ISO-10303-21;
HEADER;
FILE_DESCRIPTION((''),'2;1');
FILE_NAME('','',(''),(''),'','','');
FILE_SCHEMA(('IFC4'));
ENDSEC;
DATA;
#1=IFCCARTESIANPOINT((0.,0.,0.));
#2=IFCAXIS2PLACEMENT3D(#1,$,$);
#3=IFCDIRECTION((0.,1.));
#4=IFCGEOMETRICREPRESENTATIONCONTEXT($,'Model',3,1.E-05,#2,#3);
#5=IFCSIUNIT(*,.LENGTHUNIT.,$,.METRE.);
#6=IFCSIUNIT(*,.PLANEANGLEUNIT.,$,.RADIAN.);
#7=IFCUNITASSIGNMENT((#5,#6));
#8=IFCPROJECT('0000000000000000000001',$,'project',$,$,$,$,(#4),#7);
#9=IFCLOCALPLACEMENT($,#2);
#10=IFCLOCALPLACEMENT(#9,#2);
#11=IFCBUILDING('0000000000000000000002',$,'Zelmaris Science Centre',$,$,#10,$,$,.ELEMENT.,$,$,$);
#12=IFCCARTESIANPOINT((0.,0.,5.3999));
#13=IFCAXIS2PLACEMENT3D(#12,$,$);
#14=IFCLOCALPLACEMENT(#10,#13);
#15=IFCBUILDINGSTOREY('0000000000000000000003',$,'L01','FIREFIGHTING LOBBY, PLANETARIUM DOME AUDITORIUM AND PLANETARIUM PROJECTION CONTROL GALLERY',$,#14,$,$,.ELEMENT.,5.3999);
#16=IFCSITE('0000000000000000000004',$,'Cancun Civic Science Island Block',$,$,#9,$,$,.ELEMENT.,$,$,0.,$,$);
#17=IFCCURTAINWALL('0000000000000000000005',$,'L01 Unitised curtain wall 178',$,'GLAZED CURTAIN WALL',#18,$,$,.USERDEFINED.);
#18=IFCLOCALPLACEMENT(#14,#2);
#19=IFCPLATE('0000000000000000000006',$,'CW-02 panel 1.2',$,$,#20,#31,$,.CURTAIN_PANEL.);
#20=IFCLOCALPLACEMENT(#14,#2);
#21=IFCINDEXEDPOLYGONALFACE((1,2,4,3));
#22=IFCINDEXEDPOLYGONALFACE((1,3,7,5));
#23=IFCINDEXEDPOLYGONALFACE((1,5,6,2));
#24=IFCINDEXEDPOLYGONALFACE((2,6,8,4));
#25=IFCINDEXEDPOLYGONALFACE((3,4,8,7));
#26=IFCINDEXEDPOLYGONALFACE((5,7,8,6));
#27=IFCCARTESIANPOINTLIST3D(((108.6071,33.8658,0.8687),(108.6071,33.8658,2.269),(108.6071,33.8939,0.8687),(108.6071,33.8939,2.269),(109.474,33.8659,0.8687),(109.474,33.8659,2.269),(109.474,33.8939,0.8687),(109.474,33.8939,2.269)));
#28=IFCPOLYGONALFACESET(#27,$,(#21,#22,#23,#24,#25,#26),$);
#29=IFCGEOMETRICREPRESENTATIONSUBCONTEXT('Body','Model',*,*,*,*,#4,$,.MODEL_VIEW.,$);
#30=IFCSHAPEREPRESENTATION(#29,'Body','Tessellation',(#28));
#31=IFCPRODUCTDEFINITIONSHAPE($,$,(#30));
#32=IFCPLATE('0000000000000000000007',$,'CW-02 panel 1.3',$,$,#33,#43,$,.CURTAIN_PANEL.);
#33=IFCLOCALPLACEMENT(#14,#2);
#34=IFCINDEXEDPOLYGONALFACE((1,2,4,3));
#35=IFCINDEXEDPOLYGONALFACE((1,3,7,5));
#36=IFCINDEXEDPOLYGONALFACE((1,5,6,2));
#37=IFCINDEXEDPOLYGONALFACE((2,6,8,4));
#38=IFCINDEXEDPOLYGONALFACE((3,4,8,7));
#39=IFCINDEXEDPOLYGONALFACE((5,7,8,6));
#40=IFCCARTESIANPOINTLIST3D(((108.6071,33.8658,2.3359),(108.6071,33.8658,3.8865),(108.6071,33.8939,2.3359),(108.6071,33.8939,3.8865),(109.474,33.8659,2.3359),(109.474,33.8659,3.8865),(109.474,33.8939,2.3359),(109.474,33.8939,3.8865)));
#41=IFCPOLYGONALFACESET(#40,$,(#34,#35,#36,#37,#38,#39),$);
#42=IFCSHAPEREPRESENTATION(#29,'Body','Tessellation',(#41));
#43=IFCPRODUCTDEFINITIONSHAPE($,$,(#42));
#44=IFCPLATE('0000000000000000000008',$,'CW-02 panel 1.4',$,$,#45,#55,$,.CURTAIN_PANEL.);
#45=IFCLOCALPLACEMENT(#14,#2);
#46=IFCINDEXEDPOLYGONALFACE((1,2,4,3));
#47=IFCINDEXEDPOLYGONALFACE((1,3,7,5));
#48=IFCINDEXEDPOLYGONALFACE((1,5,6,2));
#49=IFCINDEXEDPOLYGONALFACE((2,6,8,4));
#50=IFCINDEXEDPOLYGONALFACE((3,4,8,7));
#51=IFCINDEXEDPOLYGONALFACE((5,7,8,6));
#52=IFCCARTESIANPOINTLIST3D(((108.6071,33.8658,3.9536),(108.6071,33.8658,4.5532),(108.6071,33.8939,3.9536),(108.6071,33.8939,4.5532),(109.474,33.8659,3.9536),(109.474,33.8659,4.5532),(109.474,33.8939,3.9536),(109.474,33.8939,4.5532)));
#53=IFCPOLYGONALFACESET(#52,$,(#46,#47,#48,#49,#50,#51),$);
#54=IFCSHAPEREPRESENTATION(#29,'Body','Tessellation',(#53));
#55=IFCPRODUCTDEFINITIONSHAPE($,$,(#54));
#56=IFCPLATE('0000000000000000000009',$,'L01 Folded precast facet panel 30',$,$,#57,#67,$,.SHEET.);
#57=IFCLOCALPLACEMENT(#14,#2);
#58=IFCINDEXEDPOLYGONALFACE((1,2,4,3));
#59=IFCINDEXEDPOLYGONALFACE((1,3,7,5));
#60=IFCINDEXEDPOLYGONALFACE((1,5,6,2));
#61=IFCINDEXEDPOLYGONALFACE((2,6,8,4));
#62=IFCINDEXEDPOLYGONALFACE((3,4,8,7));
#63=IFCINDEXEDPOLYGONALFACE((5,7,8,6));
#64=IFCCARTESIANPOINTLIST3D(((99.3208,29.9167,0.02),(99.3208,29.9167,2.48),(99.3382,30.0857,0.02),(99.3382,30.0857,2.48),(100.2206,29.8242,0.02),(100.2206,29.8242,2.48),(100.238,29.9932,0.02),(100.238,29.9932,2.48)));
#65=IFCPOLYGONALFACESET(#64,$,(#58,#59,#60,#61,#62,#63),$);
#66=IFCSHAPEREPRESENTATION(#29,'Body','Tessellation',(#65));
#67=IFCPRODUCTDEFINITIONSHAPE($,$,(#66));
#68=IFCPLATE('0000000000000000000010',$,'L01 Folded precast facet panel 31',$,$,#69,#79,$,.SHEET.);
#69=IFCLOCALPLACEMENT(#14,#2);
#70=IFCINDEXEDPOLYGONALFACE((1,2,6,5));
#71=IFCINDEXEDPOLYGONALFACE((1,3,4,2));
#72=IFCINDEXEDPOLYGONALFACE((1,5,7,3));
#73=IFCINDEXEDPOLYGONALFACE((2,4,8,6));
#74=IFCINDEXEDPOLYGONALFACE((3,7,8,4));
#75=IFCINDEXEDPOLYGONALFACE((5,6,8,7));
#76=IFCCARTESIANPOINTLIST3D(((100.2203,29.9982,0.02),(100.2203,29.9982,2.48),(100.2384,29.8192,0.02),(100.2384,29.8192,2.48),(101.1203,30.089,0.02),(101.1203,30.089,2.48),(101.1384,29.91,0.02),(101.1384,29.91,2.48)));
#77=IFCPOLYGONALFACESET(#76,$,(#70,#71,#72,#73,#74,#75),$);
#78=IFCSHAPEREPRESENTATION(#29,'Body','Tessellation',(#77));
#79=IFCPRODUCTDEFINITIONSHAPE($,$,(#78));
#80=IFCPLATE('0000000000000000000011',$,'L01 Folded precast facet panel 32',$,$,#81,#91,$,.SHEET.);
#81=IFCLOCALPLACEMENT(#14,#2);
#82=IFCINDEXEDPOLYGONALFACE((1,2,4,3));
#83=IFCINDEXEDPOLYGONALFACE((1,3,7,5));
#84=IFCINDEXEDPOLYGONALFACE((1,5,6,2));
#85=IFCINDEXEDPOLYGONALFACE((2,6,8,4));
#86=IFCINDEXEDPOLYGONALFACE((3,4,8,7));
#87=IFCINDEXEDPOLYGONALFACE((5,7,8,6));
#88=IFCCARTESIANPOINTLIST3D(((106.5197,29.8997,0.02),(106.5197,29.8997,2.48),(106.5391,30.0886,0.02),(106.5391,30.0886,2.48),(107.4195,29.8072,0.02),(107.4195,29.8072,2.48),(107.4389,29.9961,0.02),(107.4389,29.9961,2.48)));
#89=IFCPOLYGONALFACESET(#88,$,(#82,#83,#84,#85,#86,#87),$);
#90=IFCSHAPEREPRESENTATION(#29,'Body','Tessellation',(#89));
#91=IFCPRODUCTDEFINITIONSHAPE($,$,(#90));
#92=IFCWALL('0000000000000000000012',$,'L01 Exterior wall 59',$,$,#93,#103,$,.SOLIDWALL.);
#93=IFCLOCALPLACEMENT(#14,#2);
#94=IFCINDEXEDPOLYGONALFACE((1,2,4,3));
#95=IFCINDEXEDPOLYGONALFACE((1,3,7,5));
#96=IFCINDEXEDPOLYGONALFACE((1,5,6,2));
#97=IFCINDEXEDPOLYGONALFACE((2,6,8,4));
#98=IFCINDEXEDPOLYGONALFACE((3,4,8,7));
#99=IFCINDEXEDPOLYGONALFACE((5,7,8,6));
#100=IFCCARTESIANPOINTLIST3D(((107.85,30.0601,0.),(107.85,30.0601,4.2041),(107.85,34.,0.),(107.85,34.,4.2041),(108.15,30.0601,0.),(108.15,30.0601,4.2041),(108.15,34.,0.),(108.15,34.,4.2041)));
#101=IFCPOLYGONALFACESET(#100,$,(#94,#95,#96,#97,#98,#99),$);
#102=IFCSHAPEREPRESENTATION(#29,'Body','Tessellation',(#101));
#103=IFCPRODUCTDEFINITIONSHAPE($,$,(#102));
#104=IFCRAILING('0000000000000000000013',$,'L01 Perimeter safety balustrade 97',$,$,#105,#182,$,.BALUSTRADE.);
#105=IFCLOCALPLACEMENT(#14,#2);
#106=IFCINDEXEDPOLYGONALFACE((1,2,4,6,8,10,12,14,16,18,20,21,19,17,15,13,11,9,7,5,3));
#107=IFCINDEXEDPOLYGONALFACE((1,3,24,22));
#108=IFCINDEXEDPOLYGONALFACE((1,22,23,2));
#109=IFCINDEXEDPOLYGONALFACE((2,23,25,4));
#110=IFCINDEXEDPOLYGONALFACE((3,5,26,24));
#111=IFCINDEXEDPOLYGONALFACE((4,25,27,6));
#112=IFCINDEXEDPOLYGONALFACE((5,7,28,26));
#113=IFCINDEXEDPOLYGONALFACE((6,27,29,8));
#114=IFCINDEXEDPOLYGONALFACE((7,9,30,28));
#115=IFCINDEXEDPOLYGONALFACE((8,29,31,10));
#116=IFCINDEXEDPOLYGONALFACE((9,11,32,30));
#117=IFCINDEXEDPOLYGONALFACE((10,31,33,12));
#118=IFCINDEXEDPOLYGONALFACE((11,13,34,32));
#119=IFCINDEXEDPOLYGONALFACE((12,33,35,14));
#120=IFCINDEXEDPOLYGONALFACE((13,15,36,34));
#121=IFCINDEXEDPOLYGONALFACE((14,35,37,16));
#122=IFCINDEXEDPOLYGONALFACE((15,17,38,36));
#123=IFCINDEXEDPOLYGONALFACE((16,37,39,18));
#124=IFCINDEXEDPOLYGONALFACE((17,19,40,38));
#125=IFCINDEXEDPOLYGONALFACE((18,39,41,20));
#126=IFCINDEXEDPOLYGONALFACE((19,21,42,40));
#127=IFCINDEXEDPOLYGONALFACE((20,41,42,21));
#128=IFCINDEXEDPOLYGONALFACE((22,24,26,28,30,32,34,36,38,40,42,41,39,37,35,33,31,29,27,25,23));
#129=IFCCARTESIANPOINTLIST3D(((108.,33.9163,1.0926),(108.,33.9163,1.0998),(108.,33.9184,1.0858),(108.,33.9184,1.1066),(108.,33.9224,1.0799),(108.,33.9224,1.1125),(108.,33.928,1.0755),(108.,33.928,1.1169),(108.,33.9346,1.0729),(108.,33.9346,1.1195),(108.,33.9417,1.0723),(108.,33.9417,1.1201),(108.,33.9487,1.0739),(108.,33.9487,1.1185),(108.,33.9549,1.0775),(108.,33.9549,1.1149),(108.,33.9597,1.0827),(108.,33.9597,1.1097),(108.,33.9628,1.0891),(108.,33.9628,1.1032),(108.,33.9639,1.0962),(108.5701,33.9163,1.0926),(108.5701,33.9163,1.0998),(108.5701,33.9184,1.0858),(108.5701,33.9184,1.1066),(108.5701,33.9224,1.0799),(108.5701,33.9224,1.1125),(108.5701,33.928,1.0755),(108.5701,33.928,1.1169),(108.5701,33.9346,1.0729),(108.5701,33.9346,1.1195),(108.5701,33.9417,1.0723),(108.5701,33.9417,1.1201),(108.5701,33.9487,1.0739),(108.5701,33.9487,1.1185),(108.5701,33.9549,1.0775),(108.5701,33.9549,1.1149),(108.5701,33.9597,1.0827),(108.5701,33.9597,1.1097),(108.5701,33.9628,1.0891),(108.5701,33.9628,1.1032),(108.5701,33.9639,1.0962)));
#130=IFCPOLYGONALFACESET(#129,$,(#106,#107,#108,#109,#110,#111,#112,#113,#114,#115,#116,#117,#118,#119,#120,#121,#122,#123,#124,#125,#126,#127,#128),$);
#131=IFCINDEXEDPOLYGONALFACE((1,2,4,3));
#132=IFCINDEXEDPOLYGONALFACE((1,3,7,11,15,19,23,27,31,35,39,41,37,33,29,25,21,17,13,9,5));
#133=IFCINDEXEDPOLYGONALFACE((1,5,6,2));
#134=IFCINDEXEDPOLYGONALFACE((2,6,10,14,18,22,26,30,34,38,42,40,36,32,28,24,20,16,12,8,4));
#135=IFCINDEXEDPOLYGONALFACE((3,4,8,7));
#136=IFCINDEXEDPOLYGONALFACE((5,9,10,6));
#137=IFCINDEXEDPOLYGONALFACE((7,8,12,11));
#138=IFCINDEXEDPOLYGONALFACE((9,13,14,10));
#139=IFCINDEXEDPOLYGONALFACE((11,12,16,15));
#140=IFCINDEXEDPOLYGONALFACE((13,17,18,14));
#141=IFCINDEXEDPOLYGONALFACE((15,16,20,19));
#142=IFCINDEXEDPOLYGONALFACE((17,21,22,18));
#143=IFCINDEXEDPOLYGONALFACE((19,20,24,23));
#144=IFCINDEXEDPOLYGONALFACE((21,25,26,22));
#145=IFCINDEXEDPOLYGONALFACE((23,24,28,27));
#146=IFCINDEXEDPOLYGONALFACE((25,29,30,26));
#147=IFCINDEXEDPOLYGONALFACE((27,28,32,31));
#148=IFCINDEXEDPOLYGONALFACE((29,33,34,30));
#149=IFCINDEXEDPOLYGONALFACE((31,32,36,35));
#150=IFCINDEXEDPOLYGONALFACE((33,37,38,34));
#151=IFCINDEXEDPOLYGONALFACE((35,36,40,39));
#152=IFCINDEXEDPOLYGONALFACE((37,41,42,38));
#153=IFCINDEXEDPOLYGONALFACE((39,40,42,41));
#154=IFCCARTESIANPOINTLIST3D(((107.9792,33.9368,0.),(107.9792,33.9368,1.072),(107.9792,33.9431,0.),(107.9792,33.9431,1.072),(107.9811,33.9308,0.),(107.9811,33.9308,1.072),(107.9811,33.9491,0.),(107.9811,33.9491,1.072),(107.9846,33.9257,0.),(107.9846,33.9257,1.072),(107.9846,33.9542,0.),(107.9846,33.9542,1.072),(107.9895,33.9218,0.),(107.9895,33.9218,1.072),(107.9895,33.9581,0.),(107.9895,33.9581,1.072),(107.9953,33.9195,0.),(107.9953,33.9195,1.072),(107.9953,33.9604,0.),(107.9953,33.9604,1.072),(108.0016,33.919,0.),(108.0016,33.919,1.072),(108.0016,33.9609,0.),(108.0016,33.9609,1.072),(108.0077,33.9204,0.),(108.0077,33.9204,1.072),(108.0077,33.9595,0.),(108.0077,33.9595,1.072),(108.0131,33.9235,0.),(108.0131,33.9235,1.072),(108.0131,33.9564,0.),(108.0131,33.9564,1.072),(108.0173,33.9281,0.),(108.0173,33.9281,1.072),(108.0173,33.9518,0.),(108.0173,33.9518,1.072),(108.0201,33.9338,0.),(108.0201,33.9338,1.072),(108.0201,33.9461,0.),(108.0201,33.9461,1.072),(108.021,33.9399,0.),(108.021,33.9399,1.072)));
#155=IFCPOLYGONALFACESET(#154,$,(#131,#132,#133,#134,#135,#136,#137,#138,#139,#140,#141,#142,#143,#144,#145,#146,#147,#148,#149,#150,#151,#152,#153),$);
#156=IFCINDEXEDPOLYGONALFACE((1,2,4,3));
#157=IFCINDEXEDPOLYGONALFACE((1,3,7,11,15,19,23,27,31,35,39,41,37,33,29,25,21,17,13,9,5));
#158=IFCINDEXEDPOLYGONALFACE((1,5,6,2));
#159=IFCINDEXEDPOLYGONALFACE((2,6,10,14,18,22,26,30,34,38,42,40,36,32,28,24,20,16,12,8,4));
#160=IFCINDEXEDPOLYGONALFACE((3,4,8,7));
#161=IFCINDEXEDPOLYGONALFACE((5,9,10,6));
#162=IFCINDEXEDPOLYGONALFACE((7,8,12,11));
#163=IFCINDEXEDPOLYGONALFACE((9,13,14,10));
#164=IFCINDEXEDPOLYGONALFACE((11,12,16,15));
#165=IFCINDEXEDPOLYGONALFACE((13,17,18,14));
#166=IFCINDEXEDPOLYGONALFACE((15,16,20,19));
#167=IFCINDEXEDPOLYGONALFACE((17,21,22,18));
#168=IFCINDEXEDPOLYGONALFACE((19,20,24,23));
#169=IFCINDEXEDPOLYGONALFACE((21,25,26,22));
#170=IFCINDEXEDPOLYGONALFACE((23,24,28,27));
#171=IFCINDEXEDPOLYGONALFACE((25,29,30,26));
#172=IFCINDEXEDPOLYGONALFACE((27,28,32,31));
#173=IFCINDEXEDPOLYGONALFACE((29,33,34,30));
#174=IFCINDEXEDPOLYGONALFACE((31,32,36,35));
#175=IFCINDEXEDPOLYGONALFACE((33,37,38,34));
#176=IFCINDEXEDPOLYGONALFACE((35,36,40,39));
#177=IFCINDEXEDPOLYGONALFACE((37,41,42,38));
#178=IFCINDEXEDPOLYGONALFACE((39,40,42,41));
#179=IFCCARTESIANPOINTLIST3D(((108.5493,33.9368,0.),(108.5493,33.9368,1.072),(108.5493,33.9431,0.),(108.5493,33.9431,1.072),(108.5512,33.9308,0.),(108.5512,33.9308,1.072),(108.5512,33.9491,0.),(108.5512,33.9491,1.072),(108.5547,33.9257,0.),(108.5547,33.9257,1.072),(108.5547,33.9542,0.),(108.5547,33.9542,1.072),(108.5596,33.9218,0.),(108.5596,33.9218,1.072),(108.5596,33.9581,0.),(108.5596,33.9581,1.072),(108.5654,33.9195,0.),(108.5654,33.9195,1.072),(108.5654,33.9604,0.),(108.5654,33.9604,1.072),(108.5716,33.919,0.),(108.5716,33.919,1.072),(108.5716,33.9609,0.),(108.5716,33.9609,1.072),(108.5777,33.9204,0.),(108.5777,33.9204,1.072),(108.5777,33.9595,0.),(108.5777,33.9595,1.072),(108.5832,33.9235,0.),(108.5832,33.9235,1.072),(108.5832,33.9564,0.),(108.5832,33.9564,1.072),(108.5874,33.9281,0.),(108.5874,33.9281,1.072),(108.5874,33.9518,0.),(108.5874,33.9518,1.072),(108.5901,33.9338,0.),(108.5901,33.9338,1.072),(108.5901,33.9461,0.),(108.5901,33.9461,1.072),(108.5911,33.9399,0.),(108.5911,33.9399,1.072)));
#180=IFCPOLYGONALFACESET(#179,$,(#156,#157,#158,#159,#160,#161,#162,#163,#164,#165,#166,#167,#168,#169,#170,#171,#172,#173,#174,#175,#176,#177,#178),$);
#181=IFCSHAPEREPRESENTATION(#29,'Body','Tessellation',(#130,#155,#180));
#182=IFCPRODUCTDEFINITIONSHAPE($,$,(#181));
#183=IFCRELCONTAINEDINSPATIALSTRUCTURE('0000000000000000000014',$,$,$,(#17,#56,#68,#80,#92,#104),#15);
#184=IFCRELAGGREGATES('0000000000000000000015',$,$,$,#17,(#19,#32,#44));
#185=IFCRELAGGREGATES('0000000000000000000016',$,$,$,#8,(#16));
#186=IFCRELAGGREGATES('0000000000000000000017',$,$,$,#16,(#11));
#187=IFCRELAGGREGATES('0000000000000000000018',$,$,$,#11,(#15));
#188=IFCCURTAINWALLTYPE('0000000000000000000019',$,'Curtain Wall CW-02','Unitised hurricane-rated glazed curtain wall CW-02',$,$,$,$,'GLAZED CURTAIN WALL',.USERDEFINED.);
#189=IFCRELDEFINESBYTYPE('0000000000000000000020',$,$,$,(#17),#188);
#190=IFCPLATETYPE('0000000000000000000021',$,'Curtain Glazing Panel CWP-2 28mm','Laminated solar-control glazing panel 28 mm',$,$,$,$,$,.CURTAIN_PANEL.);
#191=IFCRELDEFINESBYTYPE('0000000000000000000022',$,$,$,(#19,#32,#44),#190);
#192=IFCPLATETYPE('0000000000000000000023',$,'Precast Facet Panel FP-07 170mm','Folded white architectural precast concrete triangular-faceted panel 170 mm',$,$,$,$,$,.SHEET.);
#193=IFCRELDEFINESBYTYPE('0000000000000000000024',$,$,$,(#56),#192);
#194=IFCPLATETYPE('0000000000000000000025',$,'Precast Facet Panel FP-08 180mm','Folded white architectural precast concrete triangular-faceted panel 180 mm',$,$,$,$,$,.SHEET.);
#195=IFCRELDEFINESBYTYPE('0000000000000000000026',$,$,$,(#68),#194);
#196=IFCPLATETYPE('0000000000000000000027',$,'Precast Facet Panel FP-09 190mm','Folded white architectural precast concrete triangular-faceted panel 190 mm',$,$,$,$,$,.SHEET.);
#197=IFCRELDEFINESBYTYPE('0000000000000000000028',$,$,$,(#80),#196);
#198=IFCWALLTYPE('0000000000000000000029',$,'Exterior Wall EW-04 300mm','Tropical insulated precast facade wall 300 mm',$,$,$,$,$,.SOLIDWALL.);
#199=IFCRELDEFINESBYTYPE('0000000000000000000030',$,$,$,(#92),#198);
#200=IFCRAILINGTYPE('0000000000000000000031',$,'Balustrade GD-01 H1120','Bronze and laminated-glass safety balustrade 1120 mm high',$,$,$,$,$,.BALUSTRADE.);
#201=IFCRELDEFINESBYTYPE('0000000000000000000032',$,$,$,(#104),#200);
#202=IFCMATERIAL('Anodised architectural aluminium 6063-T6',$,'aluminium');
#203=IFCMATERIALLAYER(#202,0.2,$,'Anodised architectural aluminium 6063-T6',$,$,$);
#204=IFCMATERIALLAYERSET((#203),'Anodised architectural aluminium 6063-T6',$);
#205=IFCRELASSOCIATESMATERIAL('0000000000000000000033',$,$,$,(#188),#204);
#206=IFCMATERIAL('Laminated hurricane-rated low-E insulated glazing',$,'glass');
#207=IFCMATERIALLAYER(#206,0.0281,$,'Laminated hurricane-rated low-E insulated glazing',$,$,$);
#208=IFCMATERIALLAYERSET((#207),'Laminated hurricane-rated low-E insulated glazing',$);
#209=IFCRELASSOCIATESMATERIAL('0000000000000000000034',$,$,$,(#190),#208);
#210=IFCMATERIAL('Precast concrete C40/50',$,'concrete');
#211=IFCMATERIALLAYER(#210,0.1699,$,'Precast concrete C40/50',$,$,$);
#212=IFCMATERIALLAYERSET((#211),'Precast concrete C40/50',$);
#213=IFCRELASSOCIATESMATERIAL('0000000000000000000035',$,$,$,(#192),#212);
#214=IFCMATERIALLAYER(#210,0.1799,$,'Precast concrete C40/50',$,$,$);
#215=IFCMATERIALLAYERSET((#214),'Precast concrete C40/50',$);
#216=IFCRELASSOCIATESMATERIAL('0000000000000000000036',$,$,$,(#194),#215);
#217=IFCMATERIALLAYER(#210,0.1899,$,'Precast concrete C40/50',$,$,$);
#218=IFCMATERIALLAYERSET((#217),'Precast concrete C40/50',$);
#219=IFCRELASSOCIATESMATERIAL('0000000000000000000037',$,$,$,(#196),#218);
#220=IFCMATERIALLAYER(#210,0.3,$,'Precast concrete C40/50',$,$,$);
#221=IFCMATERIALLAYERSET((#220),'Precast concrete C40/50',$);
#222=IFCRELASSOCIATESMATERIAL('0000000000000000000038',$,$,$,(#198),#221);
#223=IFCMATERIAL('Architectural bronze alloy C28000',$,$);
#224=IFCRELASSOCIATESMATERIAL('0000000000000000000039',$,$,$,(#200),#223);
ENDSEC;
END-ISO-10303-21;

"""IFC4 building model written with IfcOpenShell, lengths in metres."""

from ifc_helpers import new_model, si_unit, direction, frame, frame_2d, origin, origin_2d, place, context, subcontext, project, spatial, rectangle, circle, extrude, material, layer, layer_set, type_object, element, aggregate, save


model = new_model("IFC4")

# Units and contexts
model_context = context("Model", 3, precision=1e-05, world=origin(), true_north=direction((0.0, 1.0)))
body_context = subcontext(model_context, "Body", "Model", "MODEL_VIEW")
ifc_project = project(units=[si_unit("LENGTHUNIT", "METRE"), si_unit("PLANEANGLEUNIT", "RADIAN")], contexts=[model_context])

# Site, building, storey
site_placement = place(None, origin())
site = spatial("IfcSite", under=ifc_project, at=site_placement, Name="Cancun Civic Science Island Block", CompositionType="ELEMENT", RefElevation=0.0)
building_placement = place(site_placement, origin())
building = spatial("IfcBuilding", under=site, at=building_placement, Name="Zelmaris Science Centre", CompositionType="ELEMENT")
storey_placement = place(building_placement, frame((0.0, 0.0, 5.3999)))
storey = spatial("IfcBuildingStorey", under=building, at=storey_placement, Name="L01", Description="FIREFIGHTING LOBBY, PLANETARIUM DOME AUDITORIUM AND PLANETARIUM PROJECTION CONTROL GALLERY", CompositionType="ELEMENT", Elevation=5.3999)

# Curtain wall
ifc_material_1 = material(Name="Anodised architectural aluminium 6063-T6", Category="aluminium")
ifc_layer_1 = layer(ifc_material_1, 0.2, Name="Anodised architectural aluminium 6063-T6")
ifc_layer_set_1 = layer_set([ifc_layer_1], Name="Anodised architectural aluminium 6063-T6")
curtain_wall_type_1 = type_object("IfcCurtainWallType", Name="Curtain Wall CW-02", Description="Unitised hurricane-rated glazed curtain wall CW-02", ElementType="GLAZED CURTAIN WALL", PredefinedType="USERDEFINED", material=ifc_layer_set_1)
curtain_wall_1_placement = place(storey_placement, origin())
curtain_wall_1 = element("IfcCurtainWall", 1, at=curtain_wall_1_placement, inside=storey, type_object=curtain_wall_type_1, Name="L01 Unitised curtain wall 178", ObjectType="GLAZED CURTAIN WALL", PredefinedType="USERDEFINED")

# Plates
ifc_material_2 = material(Name="Laminated hurricane-rated low-E insulated glazing", Category="glass")
ifc_layer_2 = layer(ifc_material_2, 0.0281, Name="Laminated hurricane-rated low-E insulated glazing")
ifc_layer_set_2 = layer_set([ifc_layer_2], Name="Laminated hurricane-rated low-E insulated glazing")
plate_type_1 = type_object("IfcPlateType", Name="Curtain Glazing Panel CWP-2 28mm", Description="Laminated solar-control glazing panel 28 mm", PredefinedType="CURTAIN_PANEL", material=ifc_layer_set_2)
plate_1_placement = place(storey_placement, frame((109.0405, 33.8799, 0.8687), z_axis=(0.0, 0.0, 1.0), x_axis=(1.0, 0.000026, 0.0)))
plate_1 = element("IfcPlate", 2, at=plate_1_placement, type_object=plate_type_1, Name="CW-02 panel 1.2", PredefinedType="CURTAIN_PANEL", context=body_context, shape_type="SweptSolid", body=[
    extrude(rectangle(XDim=0.8669, YDim=0.0281, at=origin_2d()), origin(), (0.0, 0.0, 1.0), 1.4004),
])
plate_2_placement = place(storey_placement, frame((109.0405, 33.8799, 2.3359), z_axis=(0.0, 0.0, 1.0), x_axis=(1.0, 0.000026, 0.0)))
plate_2 = element("IfcPlate", 3, at=plate_2_placement, type_object=plate_type_1, Name="CW-02 panel 1.3", PredefinedType="CURTAIN_PANEL", context=body_context, shape_type="SweptSolid", body=[
    extrude(rectangle(XDim=0.8669, YDim=0.0281, at=origin_2d()), origin(), (0.0, 0.0, 1.0), 1.5505),
])
plate_3_placement = place(storey_placement, frame((109.0405, 33.8799, 3.9536), z_axis=(0.0, 0.0, 1.0), x_axis=(1.0, 0.000026, 0.0)))
plate_3 = element("IfcPlate", 4, at=plate_3_placement, type_object=plate_type_1, Name="CW-02 panel 1.4", PredefinedType="CURTAIN_PANEL", context=body_context, shape_type="SweptSolid", body=[
    extrude(rectangle(XDim=0.8669, YDim=0.0281, at=origin_2d()), origin(), (0.0, 0.0, 1.0), 0.5996),
])
aggregate(curtain_wall_1, [plate_1, plate_2, plate_3])

# Plates
ifc_material_3 = material(Name="Precast concrete C40/50", Category="concrete")
ifc_layer_3 = layer(ifc_material_3, 0.1699, Name="Precast concrete C40/50")
ifc_layer_set_3 = layer_set([ifc_layer_3], Name="Precast concrete C40/50")
plate_type_2 = type_object("IfcPlateType", Name="Precast Facet Panel FP-07 170mm", Description="Folded white architectural precast concrete triangular-faceted panel 170 mm", PredefinedType="SHEET", material=ifc_layer_set_3)
plate_4_placement = place(storey_placement, frame((99.3296, 30.0012, 0.02), z_axis=(0.0, 0.0, 1.0), x_axis=(0.994755, -0.102282, 0.0)))
element("IfcPlate", 5, at=plate_4_placement, inside=storey, type_object=plate_type_2, Name="L01 Folded precast facet panel 30", PredefinedType="SHEET", context=body_context, shape_type="SweptSolid", body=[
    extrude(rectangle(XDim=0.9045, YDim=0.1699, at=frame_2d((0.4521, 0.0))), origin(), (0.0, 0.0, 1.0), 2.46),
])
ifc_layer_4 = layer(ifc_material_3, 0.1799, Name="Precast concrete C40/50")
ifc_layer_set_4 = layer_set([ifc_layer_4], Name="Precast concrete C40/50")
plate_type_3 = type_object("IfcPlateType", Name="Precast Facet Panel FP-08 180mm", Description="Folded white architectural precast concrete triangular-faceted panel 180 mm", PredefinedType="SHEET", material=ifc_layer_set_4)
plate_5_placement = place(storey_placement, frame((100.2295, 29.9087, 0.02), z_axis=(0.0, 0.0, 1.0), x_axis=(0.994946, 0.100412, 0.0)))
element("IfcPlate", 6, at=plate_5_placement, inside=storey, type_object=plate_type_3, Name="L01 Folded precast facet panel 31", PredefinedType="SHEET", context=body_context, shape_type="SweptSolid", body=[
    extrude(rectangle(XDim=0.9045, YDim=0.1799, at=frame_2d((0.4521, 0.0))), origin(), (0.0, 0.0, 1.0), 2.46),
])
ifc_layer_5 = layer(ifc_material_3, 0.1899, Name="Precast concrete C40/50")
ifc_layer_set_5 = layer_set([ifc_layer_5], Name="Precast concrete C40/50")
plate_type_4 = type_object("IfcPlateType", Name="Precast Facet Panel FP-09 190mm", Description="Folded white architectural precast concrete triangular-faceted panel 190 mm", PredefinedType="SHEET", material=ifc_layer_set_5)
plate_6_placement = place(storey_placement, frame((106.5295, 29.9941, 0.02), z_axis=(0.0, 0.0, 1.0), x_axis=(0.994755, -0.102282, 0.0)))
element("IfcPlate", 7, at=plate_6_placement, inside=storey, type_object=plate_type_4, Name="L01 Folded precast facet panel 32", PredefinedType="SHEET", context=body_context, shape_type="SweptSolid", body=[
    extrude(rectangle(XDim=0.9045, YDim=0.1899, at=frame_2d((0.4521, 0.0))), origin(), (0.0, 0.0, 1.0), 2.46),
])

# Wall
ifc_layer_6 = layer(ifc_material_3, 0.3, Name="Precast concrete C40/50")
ifc_layer_set_6 = layer_set([ifc_layer_6], Name="Precast concrete C40/50")
wall_type = type_object("IfcWallType", Name="Exterior Wall EW-04 300mm", Description="Tropical insulated precast facade wall 300 mm", PredefinedType="SOLIDWALL", material=ifc_layer_set_6)
wall_placement = place(storey_placement, frame((108.0, 30.0601, 0.0), z_axis=(0.0, 0.0, 1.0), x_axis=(0.0, 1.0, 0.0)))
element("IfcWall", 8, at=wall_placement, inside=storey, type_object=wall_type, Name="L01 Exterior wall 59", PredefinedType="SOLIDWALL", context=body_context, shape_type="SweptSolid", body=[
    extrude(rectangle(XDim=3.9399, YDim=0.3, at=frame_2d((1.97, 0.0))), origin(), (0.0, 0.0, 1.0), 4.2041),
])

# Railing
ifc_material_4 = material(Name="Architectural bronze alloy C28000")
railing_type = type_object("IfcRailingType", Name="Balustrade GD-01 H1120", Description="Bronze and laminated-glass safety balustrade 1120 mm high", PredefinedType="BALUSTRADE", material=ifc_material_4)
railing_placement = place(storey_placement, frame((108.0, 33.9399, 0.0)))
element("IfcRailing", 9, at=railing_placement, inside=storey, type_object=railing_type, Name="L01 Perimeter safety balustrade 97", PredefinedType="BALUSTRADE", context=body_context, shape_type="SweptSolid", body=[
    extrude(circle(Radius=0.0239, at=origin_2d()), frame((0.0, 0.0, 1.0962), z_axis=(1.0, 0.0, 0.0), x_axis=(0.0, 1.0, 0.0)), (0.0, 0.0, 1.0), 0.5701),
    extrude(circle(Radius=0.021, at=origin_2d()), origin(), (0.0, 0.0, 1.0), 1.072),
    extrude(circle(Radius=0.021, at=origin_2d()), frame((0.5701, 0.0, 0.0)), (0.0, 0.0, 1.0), 1.072),
])

save(model, "model.ifc")
